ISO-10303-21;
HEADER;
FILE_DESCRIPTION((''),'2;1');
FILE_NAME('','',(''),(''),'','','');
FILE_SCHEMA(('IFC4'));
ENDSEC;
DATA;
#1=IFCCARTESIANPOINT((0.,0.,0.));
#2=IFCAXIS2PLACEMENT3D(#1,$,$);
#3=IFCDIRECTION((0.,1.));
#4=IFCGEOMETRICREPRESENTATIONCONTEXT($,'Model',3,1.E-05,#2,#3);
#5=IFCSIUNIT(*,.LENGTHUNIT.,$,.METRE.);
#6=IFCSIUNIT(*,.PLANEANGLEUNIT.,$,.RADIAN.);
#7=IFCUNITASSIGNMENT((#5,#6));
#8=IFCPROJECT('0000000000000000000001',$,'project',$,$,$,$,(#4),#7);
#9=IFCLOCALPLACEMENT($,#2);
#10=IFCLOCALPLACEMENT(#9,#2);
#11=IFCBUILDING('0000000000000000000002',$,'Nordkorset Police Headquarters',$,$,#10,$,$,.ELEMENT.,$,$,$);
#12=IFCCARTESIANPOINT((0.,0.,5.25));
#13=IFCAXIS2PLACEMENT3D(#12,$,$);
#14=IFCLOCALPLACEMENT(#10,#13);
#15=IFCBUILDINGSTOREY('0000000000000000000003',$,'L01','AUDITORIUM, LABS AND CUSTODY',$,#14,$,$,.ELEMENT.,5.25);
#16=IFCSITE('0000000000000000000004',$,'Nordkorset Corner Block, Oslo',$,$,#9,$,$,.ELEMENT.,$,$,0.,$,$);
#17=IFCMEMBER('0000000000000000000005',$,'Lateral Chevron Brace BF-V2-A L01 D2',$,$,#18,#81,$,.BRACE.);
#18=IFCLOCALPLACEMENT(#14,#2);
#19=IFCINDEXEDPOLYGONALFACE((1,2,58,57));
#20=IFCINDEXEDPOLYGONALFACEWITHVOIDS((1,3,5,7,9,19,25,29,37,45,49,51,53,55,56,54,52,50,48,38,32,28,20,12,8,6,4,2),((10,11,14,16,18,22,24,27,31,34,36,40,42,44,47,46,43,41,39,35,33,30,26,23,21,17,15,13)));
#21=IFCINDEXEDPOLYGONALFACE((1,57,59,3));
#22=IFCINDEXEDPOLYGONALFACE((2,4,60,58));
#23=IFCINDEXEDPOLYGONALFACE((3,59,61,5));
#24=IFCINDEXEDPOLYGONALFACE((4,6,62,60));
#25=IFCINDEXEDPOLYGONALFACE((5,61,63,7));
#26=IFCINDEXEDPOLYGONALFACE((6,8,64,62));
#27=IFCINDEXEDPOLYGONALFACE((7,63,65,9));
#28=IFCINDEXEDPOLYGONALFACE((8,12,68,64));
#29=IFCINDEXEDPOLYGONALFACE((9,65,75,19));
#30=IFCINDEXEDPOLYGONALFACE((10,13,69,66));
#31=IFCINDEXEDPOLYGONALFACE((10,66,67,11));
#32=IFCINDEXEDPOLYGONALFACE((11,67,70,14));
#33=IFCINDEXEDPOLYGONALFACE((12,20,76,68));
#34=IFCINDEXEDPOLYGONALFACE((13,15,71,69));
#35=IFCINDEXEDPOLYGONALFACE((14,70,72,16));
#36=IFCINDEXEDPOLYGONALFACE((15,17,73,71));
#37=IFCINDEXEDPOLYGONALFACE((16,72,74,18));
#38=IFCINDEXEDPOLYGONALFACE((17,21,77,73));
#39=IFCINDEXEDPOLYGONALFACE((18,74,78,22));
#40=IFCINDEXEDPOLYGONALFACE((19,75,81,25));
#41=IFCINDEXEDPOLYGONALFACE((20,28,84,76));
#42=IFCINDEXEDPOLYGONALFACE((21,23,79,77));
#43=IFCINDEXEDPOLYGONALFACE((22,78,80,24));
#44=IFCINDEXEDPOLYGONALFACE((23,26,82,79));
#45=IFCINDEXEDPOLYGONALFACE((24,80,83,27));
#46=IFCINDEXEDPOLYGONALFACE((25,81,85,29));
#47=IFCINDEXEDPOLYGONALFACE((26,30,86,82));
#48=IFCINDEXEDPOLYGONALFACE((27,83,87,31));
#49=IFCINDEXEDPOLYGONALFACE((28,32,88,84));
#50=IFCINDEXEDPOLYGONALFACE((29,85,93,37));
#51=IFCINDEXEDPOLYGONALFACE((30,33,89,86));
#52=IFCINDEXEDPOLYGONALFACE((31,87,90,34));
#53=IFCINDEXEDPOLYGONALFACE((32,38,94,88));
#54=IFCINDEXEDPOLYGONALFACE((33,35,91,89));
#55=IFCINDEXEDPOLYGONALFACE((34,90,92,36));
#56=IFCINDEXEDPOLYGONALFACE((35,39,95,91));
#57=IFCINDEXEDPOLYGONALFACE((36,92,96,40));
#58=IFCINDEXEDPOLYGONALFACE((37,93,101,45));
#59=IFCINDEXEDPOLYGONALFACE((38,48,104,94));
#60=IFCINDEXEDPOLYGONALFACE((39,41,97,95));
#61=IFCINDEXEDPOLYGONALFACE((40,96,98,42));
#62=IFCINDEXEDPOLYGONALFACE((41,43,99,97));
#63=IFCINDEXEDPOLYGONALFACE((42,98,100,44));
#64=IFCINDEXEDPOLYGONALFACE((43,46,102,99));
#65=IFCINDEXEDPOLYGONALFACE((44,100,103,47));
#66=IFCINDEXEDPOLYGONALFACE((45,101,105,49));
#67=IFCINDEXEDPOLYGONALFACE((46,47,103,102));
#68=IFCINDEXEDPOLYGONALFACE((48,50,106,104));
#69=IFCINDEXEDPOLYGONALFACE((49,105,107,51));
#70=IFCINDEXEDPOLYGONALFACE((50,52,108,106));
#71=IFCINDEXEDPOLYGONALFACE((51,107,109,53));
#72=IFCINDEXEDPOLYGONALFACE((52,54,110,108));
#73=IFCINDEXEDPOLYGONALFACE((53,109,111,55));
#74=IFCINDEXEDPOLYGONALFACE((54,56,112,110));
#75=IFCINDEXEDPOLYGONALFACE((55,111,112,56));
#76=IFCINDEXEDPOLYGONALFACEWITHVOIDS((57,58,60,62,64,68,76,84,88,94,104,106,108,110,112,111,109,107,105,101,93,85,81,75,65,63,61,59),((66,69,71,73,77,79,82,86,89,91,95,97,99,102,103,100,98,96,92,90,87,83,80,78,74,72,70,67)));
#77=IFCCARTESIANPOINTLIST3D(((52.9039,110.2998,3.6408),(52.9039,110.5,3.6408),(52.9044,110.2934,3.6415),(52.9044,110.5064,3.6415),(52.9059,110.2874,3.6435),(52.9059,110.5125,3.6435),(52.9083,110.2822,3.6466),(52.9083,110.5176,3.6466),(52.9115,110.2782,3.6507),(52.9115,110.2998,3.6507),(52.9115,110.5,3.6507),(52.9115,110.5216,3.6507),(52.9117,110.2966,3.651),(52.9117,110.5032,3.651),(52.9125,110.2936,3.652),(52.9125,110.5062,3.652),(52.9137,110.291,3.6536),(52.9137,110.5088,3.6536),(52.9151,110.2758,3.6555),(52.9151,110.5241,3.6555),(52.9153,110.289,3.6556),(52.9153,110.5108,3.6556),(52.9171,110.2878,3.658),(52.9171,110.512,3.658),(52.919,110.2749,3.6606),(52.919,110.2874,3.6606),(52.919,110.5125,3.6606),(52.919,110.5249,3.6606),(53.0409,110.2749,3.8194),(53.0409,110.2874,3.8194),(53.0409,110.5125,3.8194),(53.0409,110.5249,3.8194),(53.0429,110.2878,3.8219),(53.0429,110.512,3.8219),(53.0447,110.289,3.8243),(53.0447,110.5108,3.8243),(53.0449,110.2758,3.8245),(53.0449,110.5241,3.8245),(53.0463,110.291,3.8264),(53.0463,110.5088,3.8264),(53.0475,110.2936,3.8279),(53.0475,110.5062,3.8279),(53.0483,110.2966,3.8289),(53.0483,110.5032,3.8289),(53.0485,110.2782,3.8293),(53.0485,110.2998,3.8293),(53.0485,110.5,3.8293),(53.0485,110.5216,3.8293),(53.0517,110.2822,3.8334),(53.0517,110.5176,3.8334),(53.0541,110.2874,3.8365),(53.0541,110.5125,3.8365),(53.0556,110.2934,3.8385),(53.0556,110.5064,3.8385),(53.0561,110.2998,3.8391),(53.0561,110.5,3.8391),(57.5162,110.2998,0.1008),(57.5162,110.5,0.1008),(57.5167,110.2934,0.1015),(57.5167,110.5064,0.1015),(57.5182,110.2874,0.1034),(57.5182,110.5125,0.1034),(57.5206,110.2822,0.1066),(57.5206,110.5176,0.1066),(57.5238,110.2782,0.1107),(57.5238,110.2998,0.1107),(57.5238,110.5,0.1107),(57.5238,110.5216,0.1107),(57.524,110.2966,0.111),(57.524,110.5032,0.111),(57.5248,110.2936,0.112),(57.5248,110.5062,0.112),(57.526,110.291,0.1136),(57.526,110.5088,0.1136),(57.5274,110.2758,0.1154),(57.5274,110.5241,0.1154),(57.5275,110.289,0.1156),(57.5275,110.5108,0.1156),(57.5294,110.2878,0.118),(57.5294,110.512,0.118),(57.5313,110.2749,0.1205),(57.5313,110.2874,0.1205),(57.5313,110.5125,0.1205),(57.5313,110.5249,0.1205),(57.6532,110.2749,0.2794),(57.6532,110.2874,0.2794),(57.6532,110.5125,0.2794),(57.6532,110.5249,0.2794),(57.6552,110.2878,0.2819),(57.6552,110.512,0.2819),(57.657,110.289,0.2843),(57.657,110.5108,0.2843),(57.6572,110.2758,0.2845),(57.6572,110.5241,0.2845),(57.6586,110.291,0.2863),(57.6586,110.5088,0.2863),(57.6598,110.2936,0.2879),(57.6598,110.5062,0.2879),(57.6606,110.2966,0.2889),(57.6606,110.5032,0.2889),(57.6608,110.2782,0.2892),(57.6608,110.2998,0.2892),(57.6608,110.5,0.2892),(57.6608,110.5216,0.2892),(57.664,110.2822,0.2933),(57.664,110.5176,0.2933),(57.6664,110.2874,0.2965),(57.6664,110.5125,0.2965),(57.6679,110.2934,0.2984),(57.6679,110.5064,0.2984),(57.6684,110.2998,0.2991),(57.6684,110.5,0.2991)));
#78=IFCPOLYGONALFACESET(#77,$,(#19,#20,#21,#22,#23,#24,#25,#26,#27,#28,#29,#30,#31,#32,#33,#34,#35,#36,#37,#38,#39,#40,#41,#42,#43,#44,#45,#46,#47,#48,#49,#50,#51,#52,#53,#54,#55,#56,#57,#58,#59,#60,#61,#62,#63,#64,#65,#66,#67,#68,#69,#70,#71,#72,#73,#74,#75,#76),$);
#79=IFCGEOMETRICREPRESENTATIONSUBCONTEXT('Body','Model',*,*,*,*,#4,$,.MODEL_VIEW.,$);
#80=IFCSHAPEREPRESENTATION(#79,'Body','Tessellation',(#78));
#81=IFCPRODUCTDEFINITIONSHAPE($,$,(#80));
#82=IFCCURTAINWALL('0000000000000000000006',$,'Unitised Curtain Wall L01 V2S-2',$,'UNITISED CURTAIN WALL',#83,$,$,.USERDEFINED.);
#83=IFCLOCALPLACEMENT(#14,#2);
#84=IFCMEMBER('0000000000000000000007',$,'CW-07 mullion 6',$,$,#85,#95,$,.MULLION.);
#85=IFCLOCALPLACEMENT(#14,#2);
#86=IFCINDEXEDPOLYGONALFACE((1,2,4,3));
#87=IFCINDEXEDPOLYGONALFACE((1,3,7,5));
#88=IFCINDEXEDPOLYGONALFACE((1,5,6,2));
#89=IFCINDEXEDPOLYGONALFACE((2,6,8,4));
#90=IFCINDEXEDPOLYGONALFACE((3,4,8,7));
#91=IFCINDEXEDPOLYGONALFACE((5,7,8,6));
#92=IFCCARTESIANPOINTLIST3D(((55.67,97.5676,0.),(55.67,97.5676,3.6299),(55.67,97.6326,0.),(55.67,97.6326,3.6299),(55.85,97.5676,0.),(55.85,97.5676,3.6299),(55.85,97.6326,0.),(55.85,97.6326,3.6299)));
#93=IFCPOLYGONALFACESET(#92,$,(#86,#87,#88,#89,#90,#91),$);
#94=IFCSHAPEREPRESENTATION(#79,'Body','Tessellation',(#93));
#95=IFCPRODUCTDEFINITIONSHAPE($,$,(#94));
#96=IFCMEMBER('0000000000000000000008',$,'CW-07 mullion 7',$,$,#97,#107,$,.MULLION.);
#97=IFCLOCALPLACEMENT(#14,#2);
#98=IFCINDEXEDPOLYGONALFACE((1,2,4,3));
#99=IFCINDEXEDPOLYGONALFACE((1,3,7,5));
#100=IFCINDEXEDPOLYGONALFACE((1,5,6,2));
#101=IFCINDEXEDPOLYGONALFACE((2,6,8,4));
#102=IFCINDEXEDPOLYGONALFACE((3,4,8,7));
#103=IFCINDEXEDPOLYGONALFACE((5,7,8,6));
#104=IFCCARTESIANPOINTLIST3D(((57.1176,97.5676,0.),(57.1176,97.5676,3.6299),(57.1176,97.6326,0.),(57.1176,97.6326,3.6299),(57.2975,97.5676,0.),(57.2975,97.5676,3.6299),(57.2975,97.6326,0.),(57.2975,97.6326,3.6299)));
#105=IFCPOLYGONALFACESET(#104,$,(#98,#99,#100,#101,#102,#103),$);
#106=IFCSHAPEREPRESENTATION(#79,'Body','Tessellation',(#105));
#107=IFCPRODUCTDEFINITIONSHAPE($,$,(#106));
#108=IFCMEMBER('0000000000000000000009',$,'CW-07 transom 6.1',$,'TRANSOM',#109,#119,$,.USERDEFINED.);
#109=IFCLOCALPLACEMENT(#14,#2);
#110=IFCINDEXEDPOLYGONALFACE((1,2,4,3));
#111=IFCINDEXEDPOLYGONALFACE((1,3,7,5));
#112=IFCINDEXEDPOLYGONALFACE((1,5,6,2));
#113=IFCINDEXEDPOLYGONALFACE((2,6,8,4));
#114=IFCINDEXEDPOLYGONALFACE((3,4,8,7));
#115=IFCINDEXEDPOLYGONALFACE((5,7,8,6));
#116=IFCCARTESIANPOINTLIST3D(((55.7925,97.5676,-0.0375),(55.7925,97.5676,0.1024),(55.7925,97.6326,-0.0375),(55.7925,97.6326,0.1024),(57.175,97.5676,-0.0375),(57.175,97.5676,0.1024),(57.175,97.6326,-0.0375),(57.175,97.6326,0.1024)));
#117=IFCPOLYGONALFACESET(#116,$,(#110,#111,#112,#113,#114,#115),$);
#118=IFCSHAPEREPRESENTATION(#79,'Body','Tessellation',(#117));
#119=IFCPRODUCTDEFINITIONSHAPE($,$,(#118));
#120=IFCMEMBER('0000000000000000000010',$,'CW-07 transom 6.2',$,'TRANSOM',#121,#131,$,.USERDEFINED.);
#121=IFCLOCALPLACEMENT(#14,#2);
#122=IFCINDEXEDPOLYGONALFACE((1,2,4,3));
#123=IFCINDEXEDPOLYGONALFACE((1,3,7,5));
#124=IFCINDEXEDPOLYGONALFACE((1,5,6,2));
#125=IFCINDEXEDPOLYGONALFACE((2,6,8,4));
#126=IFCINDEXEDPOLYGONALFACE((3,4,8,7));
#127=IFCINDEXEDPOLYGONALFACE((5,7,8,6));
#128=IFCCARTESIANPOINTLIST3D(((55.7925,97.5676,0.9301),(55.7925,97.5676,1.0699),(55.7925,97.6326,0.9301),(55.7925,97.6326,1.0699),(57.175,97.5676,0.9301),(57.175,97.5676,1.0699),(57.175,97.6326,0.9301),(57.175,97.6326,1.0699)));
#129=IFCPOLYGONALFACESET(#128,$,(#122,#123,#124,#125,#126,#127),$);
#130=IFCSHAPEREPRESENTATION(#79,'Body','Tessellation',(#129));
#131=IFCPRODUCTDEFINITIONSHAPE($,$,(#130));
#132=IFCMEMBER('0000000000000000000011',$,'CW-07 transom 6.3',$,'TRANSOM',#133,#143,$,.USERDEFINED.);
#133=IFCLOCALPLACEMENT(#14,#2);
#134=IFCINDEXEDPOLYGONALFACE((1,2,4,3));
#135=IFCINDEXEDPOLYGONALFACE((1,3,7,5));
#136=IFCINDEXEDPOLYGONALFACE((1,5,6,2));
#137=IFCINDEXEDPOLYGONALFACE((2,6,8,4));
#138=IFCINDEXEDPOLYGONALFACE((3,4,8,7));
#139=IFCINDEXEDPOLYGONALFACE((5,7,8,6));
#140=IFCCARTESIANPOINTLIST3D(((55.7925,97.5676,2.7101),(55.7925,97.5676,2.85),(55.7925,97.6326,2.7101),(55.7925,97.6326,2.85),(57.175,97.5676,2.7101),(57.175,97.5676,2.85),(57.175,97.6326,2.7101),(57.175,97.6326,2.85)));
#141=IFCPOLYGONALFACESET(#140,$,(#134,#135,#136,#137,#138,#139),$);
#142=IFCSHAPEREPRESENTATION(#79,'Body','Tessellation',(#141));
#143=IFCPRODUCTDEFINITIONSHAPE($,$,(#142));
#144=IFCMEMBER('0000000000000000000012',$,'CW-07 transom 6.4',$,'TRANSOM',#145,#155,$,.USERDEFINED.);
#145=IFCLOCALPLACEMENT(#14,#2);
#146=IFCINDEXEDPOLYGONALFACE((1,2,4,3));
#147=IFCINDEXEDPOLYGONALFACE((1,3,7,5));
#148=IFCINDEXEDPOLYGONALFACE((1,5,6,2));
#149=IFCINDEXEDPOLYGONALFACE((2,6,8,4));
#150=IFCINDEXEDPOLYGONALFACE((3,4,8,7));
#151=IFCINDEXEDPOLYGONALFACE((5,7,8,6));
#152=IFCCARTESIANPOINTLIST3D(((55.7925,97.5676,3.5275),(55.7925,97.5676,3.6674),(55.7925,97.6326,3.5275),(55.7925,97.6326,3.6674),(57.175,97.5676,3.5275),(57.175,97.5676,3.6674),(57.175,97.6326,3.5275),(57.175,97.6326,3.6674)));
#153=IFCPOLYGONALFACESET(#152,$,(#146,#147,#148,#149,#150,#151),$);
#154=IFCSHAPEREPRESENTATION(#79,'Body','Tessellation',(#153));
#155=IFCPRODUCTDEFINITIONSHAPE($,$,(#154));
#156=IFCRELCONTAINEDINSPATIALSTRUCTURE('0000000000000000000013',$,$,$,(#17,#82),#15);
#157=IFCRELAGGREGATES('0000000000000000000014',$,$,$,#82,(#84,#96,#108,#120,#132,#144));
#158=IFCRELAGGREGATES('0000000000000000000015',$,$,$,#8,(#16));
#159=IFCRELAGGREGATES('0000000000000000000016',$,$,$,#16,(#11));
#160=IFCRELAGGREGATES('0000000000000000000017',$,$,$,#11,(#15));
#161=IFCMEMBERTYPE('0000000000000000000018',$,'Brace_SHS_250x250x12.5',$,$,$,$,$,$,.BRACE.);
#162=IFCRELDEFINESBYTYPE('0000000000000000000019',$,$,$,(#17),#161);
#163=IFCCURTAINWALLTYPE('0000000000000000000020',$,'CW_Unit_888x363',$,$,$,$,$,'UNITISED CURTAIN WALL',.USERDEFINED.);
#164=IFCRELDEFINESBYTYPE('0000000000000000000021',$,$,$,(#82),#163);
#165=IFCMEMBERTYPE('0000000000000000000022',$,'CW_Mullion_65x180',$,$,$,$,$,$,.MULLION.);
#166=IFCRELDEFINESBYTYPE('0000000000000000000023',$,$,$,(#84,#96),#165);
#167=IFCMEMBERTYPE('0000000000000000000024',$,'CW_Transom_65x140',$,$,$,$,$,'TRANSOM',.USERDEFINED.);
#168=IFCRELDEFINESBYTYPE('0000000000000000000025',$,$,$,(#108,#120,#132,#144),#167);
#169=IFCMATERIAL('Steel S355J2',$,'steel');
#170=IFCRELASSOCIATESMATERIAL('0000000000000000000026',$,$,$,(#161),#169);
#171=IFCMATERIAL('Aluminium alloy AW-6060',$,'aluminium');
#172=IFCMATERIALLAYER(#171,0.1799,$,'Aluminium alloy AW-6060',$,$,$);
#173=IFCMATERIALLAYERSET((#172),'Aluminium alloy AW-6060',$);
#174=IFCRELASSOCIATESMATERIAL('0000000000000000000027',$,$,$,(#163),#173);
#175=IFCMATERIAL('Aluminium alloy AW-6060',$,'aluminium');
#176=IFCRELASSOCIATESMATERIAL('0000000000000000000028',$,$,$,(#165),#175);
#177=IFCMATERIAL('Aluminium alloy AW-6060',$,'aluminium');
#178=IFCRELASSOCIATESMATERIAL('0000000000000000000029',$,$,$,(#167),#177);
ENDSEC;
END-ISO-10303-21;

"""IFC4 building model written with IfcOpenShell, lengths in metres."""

from ifc_helpers import new_model, si_unit, direction, frame, origin, origin_2d, place, context, subcontext, project, spatial, rectangle, hollow_rectangle, extrude, material, layer, layer_set, material_profile, profile_set, type_object, element, aggregate, save


model = new_model("IFC4")

# Units and contexts
model_context = context("Model", 3, precision=1e-05, world=origin(), true_north=direction((0.0, 1.0)))
body_context = subcontext(model_context, "Body", "Model", "MODEL_VIEW")
ifc_project = project(units=[si_unit("LENGTHUNIT", "METRE"), si_unit("PLANEANGLEUNIT", "RADIAN")], contexts=[model_context])

# Site, building, storey
site_placement = place(None, origin())
site = spatial("IfcSite", under=ifc_project, at=site_placement, Name="Nordkorset Corner Block, Oslo", CompositionType="ELEMENT", RefElevation=0.0)
building_placement = place(site_placement, origin())
building = spatial("IfcBuilding", under=site, at=building_placement, Name="Nordkorset Police Headquarters", CompositionType="ELEMENT")
storey_placement = place(building_placement, frame((0.0, 0.0, 5.25)))
storey = spatial("IfcBuildingStorey", under=building, at=storey_placement, Name="L01", Description="AUDITORIUM, LABS AND CUSTODY", CompositionType="ELEMENT", Elevation=5.25)

# Member
ifc_material_1 = material(Name="Steel S355J2", Category="steel")
ifc_material_profile_1 = material_profile(ifc_material_1, hollow_rectangle(XDim=0.25, YDim=0.25, WallThickness=0.0125, InnerFilletRadius=0.0125, OuterFilletRadius=0.0249, at=origin_2d()), Name="SHS 250x250x12.5")
ifc_profile_set_1 = profile_set([ifc_material_profile_1], Name="Steel S355J2")
member_type_1 = type_object("IfcMemberType", Name="Brace_SHS_250x250x12.5", PredefinedType="BRACE", material=ifc_profile_set_1)
member_1_placement = place(storey_placement, frame((57.5923, 110.3999, 0.2), z_axis=(-0.793279, 0.0, 0.608858), x_axis=(0.0, -1.0, 0.0)))
element("IfcMember", 1, at=member_1_placement, inside=storey, type_object=member_type_1, Name="Lateral Chevron Brace BF-V2-A L01 D2", PredefinedType="BRACE", context=body_context, shape_type="SweptSolid", body=[
    extrude(hollow_rectangle(XDim=0.25, YDim=0.25, WallThickness=0.0125, InnerFilletRadius=0.0125, OuterFilletRadius=0.0249, at=origin_2d()), origin(), (0.0, 0.0, 1.0), 5.8142),
])

# Curtain wall, members
ifc_material_2 = material(Name="Aluminium alloy AW-6060", Category="aluminium")
ifc_layer_1 = layer(ifc_material_2, 0.1799, Name="Aluminium alloy AW-6060")
ifc_layer_set_1 = layer_set([ifc_layer_1], Name="Aluminium alloy AW-6060")
curtain_wall_type = type_object("IfcCurtainWallType", Name="CW_Unit_888x363", ElementType="UNITISED CURTAIN WALL", PredefinedType="USERDEFINED", material=ifc_layer_set_1)
curtain_wall_placement = place(storey_placement, origin())
curtain_wall = element("IfcCurtainWall", 2, at=curtain_wall_placement, inside=storey, type_object=curtain_wall_type, Name="Unitised Curtain Wall L01 V2S-2", ObjectType="UNITISED CURTAIN WALL", PredefinedType="USERDEFINED")
ifc_material_3 = material(Name="Aluminium alloy AW-6060", Category="aluminium")
ifc_material_profile_2 = material_profile(ifc_material_3, rectangle(XDim=0.0649, YDim=0.1799, at=origin_2d()), Name="ALU MULL 65x180")
ifc_profile_set_2 = profile_set([ifc_material_profile_2], Name="Aluminium alloy AW-6060")
member_type_2 = type_object("IfcMemberType", Name="CW_Mullion_65x180", PredefinedType="MULLION", material=ifc_profile_set_2)
member_2_placement = place(storey_placement, frame((55.76, 97.6001, 0.0), z_axis=(0.0, 0.0, 1.0), x_axis=(0.0, 1.0, 0.0)))
member_2 = element("IfcMember", 3, at=member_2_placement, type_object=member_type_2, Name="CW-07 mullion 6", PredefinedType="MULLION", context=body_context, shape_type="SweptSolid", body=[
    extrude(rectangle(XDim=0.0649, YDim=0.1799, at=origin_2d()), origin(), (0.0, 0.0, 1.0), 3.6299),
])
member_3_placement = place(storey_placement, frame((57.2075, 97.6001, 0.0), z_axis=(0.0, 0.0, 1.0), x_axis=(0.0, 1.0, 0.0)))
member_3 = element("IfcMember", 4, at=member_3_placement, type_object=member_type_2, Name="CW-07 mullion 7", PredefinedType="MULLION", context=body_context, shape_type="SweptSolid", body=[
    extrude(rectangle(XDim=0.0649, YDim=0.1799, at=origin_2d()), origin(), (0.0, 0.0, 1.0), 3.6299),
])
ifc_material_4 = material(Name="Aluminium alloy AW-6060", Category="aluminium")
ifc_material_profile_3 = material_profile(ifc_material_4, rectangle(XDim=0.0649, YDim=0.1399, at=origin_2d()), Name="ALU TRAN 65x140")
ifc_profile_set_3 = profile_set([ifc_material_profile_3], Name="Aluminium alloy AW-6060")
member_type_3 = type_object("IfcMemberType", Name="CW_Transom_65x140", ElementType="TRANSOM", PredefinedType="USERDEFINED", material=ifc_profile_set_3)
member_4_placement = place(storey_placement, frame((55.7925, 97.6001, 0.0325), z_axis=(1.0, 0.0, 0.0), x_axis=(0.0, 1.0, 0.0)))
member_4 = element("IfcMember", 5, at=member_4_placement, type_object=member_type_3, Name="CW-07 transom 6.1", ObjectType="TRANSOM", PredefinedType="USERDEFINED", context=body_context, shape_type="SweptSolid", body=[
    extrude(rectangle(XDim=0.0649, YDim=0.1399, at=origin_2d()), origin(), (0.0, 0.0, 1.0), 1.3826),
])
member_5_placement = place(storey_placement, frame((55.7925, 97.6001, 1.0), z_axis=(1.0, 0.0, 0.0), x_axis=(0.0, 1.0, 0.0)))
member_5 = element("IfcMember", 6, at=member_5_placement, type_object=member_type_3, Name="CW-07 transom 6.2", ObjectType="TRANSOM", PredefinedType="USERDEFINED", context=body_context, shape_type="SweptSolid", body=[
    extrude(rectangle(XDim=0.0649, YDim=0.1399, at=origin_2d()), origin(), (0.0, 0.0, 1.0), 1.3826),
])
member_6_placement = place(storey_placement, frame((55.7925, 97.6001, 2.78), z_axis=(1.0, 0.0, 0.0), x_axis=(0.0, 1.0, 0.0)))
member_6 = element("IfcMember", 7, at=member_6_placement, type_object=member_type_3, Name="CW-07 transom 6.3", ObjectType="TRANSOM", PredefinedType="USERDEFINED", context=body_context, shape_type="SweptSolid", body=[
    extrude(rectangle(XDim=0.0649, YDim=0.1399, at=origin_2d()), origin(), (0.0, 0.0, 1.0), 1.3826),
])
member_7_placement = place(storey_placement, frame((55.7925, 97.6001, 3.5974), z_axis=(1.0, 0.0, 0.0), x_axis=(0.0, 1.0, 0.0)))
member_7 = element("IfcMember", 8, at=member_7_placement, type_object=member_type_3, Name="CW-07 transom 6.4", ObjectType="TRANSOM", PredefinedType="USERDEFINED", context=body_context, shape_type="SweptSolid", body=[
    extrude(rectangle(XDim=0.0649, YDim=0.1399, at=origin_2d()), origin(), (0.0, 0.0, 1.0), 1.3826),
])

aggregate(curtain_wall, [member_2, member_3, member_4, member_5, member_6, member_7])

save(model, "model.ifc")
